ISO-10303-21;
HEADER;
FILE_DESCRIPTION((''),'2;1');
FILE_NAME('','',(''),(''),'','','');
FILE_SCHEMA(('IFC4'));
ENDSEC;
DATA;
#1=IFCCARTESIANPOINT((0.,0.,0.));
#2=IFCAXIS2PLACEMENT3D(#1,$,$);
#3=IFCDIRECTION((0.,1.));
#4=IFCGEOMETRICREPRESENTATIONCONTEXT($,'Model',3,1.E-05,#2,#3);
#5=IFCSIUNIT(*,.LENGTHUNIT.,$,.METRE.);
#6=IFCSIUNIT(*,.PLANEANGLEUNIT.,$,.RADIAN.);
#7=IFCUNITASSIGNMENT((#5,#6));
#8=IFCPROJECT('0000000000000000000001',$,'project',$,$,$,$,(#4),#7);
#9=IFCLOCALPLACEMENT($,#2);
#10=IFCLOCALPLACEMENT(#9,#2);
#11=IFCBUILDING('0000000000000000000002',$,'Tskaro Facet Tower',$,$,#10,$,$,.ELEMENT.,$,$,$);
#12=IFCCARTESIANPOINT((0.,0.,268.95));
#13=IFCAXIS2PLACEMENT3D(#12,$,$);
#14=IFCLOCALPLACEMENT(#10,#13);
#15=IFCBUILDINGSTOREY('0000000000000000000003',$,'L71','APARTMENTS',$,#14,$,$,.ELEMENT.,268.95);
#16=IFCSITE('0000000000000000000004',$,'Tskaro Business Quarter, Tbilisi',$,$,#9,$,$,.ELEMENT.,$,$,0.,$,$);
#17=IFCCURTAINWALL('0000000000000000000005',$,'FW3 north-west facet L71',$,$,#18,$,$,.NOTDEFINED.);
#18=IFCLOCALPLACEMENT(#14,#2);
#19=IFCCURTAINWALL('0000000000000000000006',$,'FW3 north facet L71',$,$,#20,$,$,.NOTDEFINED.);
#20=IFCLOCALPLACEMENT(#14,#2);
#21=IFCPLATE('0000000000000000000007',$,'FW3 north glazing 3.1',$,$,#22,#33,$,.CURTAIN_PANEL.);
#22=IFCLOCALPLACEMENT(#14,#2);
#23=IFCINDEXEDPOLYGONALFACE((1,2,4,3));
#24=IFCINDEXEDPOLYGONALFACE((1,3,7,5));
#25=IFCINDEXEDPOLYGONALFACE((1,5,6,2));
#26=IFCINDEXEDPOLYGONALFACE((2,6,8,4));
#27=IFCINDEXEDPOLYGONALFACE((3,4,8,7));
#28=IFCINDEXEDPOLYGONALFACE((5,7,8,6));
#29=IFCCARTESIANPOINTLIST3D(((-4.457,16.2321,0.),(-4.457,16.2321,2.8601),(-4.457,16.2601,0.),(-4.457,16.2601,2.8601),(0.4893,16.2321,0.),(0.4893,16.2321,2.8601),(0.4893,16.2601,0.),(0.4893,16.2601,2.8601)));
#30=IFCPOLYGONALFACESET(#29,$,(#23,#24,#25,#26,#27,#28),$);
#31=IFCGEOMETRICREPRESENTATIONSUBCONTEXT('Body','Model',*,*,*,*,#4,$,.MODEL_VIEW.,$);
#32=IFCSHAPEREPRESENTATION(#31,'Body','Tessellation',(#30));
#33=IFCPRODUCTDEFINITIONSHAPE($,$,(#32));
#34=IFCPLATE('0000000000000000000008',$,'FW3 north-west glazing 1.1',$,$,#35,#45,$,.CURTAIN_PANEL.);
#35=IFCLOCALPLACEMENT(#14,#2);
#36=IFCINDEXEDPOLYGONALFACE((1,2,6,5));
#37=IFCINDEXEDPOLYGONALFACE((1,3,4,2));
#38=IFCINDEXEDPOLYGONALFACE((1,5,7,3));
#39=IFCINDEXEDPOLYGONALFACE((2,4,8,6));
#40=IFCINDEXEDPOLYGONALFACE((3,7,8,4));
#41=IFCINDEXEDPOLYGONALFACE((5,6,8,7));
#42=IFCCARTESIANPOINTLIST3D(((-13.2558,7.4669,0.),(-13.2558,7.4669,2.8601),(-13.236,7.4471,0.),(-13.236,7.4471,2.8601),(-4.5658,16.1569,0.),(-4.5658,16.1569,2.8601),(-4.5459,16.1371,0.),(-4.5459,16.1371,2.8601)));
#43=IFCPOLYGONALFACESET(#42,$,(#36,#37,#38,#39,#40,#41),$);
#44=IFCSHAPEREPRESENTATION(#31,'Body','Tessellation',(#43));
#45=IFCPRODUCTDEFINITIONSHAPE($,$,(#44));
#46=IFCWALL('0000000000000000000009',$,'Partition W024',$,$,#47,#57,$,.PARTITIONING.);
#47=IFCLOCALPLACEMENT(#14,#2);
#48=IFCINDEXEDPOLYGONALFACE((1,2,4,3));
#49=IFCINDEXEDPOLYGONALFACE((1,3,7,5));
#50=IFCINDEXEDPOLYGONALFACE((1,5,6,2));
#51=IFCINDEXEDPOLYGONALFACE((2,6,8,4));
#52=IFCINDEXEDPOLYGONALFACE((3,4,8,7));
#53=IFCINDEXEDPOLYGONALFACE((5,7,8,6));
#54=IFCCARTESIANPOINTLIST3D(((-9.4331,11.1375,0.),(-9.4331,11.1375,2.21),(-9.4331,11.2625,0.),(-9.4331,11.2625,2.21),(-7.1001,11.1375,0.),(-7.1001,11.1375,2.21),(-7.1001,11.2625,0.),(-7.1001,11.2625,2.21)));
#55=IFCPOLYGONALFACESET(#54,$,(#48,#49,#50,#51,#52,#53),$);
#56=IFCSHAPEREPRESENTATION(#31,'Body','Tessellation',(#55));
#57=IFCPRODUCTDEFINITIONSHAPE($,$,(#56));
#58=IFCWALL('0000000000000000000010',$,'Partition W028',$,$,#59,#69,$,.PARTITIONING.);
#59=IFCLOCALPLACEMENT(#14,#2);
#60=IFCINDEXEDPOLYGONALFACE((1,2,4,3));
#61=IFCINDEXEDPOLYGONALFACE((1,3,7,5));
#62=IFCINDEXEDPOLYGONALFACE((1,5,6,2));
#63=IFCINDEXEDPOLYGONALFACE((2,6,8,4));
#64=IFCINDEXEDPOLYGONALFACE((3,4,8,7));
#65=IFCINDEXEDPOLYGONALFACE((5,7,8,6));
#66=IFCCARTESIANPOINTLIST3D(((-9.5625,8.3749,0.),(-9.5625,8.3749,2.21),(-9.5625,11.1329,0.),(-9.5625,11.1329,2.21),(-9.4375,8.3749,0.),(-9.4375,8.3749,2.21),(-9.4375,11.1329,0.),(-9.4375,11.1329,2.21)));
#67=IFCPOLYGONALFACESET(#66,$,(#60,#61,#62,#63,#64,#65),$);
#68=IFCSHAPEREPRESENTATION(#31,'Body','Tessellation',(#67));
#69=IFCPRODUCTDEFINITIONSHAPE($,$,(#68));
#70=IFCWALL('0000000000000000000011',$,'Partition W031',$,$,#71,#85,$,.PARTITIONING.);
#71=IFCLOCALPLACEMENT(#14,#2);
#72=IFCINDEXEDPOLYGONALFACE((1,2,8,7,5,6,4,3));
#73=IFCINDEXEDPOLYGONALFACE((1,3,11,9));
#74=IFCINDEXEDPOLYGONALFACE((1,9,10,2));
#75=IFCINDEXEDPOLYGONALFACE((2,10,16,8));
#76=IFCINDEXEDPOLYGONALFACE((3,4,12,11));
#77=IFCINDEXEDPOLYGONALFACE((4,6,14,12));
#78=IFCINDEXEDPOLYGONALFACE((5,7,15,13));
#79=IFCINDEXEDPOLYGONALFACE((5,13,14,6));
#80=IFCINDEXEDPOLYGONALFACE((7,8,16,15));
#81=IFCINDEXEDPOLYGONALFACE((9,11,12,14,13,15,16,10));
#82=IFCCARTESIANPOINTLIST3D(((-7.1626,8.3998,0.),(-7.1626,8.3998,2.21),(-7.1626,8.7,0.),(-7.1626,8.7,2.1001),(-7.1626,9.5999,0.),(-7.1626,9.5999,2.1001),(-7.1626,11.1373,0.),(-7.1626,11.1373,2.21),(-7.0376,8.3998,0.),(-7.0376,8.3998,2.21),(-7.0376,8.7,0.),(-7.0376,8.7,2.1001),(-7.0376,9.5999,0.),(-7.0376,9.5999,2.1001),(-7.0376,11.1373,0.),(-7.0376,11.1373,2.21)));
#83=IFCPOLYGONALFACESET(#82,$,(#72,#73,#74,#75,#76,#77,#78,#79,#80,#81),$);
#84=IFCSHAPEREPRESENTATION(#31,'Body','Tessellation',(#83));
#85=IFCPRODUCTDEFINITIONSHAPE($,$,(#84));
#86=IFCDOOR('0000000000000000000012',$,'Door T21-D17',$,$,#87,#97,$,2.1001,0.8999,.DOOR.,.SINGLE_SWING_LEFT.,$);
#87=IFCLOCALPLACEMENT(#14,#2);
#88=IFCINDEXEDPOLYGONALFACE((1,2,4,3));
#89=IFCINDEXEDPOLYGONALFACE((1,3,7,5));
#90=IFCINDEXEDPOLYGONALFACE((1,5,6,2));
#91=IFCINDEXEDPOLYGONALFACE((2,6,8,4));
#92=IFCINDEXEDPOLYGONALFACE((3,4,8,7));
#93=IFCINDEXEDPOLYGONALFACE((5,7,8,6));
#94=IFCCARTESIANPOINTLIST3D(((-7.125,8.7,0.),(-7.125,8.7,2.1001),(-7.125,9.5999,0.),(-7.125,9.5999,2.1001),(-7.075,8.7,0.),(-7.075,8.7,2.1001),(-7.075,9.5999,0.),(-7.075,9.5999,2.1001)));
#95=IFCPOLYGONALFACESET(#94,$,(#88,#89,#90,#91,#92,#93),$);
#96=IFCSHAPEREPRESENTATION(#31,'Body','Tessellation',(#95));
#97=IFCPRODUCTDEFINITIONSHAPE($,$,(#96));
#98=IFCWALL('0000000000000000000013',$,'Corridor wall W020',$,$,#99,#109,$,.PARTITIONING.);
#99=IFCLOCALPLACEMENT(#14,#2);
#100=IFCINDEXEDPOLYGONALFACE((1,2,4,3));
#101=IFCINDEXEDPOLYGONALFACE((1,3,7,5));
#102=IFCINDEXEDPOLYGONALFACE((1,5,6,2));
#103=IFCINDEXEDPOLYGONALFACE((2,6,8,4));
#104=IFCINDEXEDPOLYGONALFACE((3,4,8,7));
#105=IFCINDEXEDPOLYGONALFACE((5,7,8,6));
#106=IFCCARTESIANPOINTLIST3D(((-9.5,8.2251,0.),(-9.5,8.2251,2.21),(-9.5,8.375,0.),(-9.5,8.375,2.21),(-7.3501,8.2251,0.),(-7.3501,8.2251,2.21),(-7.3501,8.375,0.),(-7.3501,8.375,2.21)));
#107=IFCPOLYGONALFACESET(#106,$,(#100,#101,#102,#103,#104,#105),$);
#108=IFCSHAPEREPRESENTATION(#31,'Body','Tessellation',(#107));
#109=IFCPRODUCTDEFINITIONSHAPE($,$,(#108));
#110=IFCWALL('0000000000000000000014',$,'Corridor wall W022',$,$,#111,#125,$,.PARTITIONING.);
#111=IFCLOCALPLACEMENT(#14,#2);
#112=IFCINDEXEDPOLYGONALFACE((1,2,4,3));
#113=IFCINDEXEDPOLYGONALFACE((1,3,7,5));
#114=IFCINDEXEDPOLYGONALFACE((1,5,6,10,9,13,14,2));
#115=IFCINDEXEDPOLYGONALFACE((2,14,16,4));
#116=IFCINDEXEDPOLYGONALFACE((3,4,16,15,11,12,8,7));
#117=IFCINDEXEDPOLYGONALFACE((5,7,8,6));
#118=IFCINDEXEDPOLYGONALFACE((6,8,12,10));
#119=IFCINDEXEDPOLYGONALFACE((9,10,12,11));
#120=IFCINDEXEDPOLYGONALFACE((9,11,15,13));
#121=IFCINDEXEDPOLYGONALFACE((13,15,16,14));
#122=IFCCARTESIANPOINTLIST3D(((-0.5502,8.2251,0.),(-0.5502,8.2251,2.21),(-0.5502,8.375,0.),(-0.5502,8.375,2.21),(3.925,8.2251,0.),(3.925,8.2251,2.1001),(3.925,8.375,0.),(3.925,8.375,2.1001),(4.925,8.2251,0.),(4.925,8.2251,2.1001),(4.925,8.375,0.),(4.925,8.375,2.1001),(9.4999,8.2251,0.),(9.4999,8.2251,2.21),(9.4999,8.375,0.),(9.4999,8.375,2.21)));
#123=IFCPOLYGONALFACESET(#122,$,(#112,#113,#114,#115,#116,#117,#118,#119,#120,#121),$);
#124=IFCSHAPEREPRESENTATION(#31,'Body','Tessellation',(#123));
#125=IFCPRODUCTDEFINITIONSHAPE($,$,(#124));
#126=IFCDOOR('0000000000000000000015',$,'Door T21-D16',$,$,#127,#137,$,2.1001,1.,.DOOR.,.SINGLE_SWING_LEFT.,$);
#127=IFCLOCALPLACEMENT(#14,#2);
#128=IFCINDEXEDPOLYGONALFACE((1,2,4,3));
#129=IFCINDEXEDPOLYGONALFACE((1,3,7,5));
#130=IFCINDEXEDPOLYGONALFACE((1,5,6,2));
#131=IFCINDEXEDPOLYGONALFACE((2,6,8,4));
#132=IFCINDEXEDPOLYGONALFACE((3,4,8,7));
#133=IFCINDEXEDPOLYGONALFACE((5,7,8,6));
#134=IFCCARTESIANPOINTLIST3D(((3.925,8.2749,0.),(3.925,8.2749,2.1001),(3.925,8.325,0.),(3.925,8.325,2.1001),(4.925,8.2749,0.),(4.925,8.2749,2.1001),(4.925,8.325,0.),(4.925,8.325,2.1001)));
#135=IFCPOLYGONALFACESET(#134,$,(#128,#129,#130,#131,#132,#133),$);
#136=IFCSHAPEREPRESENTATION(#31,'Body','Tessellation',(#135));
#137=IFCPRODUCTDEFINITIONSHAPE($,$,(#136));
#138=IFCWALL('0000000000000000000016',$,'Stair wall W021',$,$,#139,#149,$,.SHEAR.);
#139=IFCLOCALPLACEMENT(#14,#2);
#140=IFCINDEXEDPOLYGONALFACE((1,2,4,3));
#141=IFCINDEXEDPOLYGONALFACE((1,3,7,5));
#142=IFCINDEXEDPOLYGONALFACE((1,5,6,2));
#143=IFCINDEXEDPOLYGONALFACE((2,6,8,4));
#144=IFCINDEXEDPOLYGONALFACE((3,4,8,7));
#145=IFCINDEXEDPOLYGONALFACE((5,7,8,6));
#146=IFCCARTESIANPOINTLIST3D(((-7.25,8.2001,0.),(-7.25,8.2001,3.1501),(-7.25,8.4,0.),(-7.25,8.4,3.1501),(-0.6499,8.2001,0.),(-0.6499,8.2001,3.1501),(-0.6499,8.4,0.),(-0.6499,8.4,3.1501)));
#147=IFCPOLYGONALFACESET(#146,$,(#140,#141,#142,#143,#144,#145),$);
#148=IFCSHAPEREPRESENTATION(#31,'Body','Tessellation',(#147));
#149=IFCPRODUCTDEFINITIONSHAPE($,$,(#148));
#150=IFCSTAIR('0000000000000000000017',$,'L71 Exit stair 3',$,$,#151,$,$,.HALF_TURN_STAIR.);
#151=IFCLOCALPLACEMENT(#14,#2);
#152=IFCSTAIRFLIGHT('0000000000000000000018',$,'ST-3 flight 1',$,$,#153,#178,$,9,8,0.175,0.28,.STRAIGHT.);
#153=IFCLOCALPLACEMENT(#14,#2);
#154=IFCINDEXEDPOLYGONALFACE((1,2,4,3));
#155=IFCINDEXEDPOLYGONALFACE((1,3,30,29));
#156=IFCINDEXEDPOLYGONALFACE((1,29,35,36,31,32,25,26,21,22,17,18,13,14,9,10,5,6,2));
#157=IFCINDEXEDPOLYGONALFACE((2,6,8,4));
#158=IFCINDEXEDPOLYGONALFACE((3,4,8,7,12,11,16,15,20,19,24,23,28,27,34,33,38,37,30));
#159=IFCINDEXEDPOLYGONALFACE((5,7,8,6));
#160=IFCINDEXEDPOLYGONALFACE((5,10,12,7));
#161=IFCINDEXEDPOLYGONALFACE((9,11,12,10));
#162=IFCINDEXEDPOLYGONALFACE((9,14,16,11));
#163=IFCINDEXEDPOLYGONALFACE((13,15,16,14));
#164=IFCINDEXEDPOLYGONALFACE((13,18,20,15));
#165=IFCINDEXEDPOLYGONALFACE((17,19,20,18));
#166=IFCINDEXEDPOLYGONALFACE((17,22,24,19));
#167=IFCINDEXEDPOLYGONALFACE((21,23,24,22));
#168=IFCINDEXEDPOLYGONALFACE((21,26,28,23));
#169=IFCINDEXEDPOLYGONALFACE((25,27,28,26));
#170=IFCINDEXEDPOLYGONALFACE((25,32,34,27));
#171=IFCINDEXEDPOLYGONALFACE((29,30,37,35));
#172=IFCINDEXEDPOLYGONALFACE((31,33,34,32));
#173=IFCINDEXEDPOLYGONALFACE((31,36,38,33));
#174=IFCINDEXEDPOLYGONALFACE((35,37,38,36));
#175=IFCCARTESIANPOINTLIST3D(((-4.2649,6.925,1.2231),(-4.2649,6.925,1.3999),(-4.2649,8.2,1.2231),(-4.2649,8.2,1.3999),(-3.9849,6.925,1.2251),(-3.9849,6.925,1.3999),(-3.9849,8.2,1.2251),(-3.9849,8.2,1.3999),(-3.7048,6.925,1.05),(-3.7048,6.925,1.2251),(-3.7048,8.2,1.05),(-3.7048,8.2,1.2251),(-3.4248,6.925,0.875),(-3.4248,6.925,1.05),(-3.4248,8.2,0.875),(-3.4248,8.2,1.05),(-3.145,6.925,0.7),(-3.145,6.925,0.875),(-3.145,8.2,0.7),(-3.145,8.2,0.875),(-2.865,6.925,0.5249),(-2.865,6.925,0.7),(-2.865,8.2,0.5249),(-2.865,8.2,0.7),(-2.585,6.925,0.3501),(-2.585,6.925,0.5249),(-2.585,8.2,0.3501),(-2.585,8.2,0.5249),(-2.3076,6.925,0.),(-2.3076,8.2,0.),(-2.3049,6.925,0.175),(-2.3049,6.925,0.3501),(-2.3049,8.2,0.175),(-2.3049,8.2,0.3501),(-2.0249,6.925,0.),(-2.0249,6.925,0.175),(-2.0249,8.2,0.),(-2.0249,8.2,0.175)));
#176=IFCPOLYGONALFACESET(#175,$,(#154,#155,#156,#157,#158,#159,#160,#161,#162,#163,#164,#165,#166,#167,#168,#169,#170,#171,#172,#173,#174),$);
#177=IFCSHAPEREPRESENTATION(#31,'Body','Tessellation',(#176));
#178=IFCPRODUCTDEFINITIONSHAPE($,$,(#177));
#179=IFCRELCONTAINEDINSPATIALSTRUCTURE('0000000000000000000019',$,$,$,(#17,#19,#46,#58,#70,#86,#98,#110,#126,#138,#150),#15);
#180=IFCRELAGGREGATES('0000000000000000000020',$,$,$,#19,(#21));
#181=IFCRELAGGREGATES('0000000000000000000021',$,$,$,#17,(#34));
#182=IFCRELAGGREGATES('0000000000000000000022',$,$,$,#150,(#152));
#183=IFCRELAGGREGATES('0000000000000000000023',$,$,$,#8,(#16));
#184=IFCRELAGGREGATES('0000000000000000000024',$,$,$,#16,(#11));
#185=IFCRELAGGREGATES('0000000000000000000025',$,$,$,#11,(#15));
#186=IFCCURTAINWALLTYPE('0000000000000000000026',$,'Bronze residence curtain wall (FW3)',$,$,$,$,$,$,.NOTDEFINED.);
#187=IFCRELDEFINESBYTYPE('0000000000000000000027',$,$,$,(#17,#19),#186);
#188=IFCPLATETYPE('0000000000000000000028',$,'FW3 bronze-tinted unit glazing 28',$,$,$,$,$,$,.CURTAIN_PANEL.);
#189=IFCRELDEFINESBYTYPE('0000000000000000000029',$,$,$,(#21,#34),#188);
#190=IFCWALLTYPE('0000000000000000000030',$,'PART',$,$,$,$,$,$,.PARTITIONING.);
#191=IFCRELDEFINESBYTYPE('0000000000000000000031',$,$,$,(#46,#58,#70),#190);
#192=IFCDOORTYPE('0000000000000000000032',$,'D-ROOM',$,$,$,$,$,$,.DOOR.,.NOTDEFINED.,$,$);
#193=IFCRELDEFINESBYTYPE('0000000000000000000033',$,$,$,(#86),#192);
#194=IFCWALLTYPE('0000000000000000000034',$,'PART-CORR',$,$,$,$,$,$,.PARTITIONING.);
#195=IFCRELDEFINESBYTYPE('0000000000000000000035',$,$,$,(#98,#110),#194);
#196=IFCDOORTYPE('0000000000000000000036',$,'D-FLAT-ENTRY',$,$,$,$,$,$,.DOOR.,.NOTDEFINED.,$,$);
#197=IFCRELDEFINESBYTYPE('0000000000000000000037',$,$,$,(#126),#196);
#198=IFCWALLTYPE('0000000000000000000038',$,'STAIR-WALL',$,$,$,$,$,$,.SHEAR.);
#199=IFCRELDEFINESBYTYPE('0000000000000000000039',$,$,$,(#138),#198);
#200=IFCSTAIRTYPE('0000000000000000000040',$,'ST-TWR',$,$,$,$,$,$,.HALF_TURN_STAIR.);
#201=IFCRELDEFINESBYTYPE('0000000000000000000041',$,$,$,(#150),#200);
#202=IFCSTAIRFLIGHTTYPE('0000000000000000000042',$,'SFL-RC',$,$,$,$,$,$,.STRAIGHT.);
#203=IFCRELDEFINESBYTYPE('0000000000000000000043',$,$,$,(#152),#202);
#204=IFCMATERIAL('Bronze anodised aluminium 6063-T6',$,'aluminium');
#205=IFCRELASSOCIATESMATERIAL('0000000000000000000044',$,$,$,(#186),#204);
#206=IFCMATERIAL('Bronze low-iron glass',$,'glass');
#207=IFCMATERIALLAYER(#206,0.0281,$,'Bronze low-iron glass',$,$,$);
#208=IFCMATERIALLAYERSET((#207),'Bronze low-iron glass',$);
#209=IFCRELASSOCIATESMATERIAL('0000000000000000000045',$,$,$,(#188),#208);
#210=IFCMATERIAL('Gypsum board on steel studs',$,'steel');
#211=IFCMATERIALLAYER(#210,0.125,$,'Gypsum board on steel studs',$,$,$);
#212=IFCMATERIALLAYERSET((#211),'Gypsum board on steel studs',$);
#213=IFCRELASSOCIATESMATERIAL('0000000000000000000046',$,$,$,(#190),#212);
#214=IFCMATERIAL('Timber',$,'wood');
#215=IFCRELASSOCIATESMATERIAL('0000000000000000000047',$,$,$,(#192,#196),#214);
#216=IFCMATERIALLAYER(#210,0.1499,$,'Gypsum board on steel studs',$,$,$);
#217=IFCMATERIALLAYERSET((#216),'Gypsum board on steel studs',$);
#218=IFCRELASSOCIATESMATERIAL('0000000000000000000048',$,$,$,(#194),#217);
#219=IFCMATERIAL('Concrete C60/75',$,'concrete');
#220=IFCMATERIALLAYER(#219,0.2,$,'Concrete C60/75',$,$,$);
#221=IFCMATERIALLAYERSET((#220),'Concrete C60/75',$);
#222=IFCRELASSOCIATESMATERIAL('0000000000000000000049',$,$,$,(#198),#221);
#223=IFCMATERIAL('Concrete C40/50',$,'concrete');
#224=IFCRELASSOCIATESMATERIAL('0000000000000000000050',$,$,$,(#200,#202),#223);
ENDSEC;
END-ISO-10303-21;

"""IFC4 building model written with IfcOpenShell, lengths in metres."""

from ifc_helpers import new_model, si_unit, direction, frame, frame_2d, origin, origin_2d, place, context, subcontext, project, spatial, polyline, rectangle, outline, extrude, material, layer, layer_set, type_object, element, fill, aggregate, save


model = new_model("IFC4")

# Units and contexts
model_context = context("Model", 3, precision=1e-05, world=origin(), true_north=direction((0.0, 1.0)))
body_context = subcontext(model_context, "Body", "Model", "MODEL_VIEW")
ifc_project = project(units=[si_unit("LENGTHUNIT", "METRE"), si_unit("PLANEANGLEUNIT", "RADIAN")], contexts=[model_context])

# Site, building, storey
site_placement = place(None, origin())
site = spatial("IfcSite", under=ifc_project, at=site_placement, Name="Tskaro Business Quarter, Tbilisi", CompositionType="ELEMENT", RefElevation=0.0)
building_placement = place(site_placement, origin())
building = spatial("IfcBuilding", under=site, at=building_placement, Name="Tskaro Facet Tower", CompositionType="ELEMENT")
storey_placement = place(building_placement, frame((0.0, 0.0, 268.95)))
storey = spatial("IfcBuildingStorey", under=building, at=storey_placement, Name="L71", Description="APARTMENTS", CompositionType="ELEMENT", Elevation=268.95)

# Curtain wall
ifc_material_1 = material(Name="Bronze anodised aluminium 6063-T6", Category="aluminium")
curtain_wall_type = type_object("IfcCurtainWallType", Name="Bronze residence curtain wall (FW3)", PredefinedType="NOTDEFINED", material=ifc_material_1)
curtain_wall_1_placement = place(storey_placement, origin())
curtain_wall_1 = element("IfcCurtainWall", 1, at=curtain_wall_1_placement, inside=storey, type_object=curtain_wall_type, Name="FW3 north-west facet L71", PredefinedType="NOTDEFINED")

# Curtain wall, plate
curtain_wall_2_placement = place(storey_placement, origin())
curtain_wall_2 = element("IfcCurtainWall", 2, at=curtain_wall_2_placement, inside=storey, type_object=curtain_wall_type, Name="FW3 north facet L71", PredefinedType="NOTDEFINED")
ifc_material_2 = material(Name="Bronze low-iron glass", Category="glass")
ifc_layer_1 = layer(ifc_material_2, 0.0281, Name="Bronze low-iron glass")
ifc_layer_set_1 = layer_set([ifc_layer_1], Name="Bronze low-iron glass")
plate_type = type_object("IfcPlateType", Name="FW3 bronze-tinted unit glazing 28", PredefinedType="CURTAIN_PANEL", material=ifc_layer_set_1)
plate_1_placement = place(storey_placement, frame((-1.9839, 16.2461, 0.0), z_axis=(0.0, 0.0, 1.0), x_axis=(-1.0, 0.0, 0.0)))
plate_1 = element("IfcPlate", 3, at=plate_1_placement, type_object=plate_type, Name="FW3 north glazing 3.1", PredefinedType="CURTAIN_PANEL", context=body_context, shape_type="SweptSolid", body=[
    extrude(rectangle(XDim=4.9463, YDim=0.0281, at=origin_2d()), origin(), (0.0, 0.0, 1.0), 2.8601),
])
aggregate(curtain_wall_2, [plate_1])

# Plate
plate_2_placement = place(storey_placement, frame((-8.9009, 11.802, 0.0), z_axis=(0.0, 0.0, 1.0), x_axis=(-0.707107, -0.707107, 0.0)))
plate_2 = element("IfcPlate", 4, at=plate_2_placement, type_object=plate_type, Name="FW3 north-west glazing 1.1", PredefinedType="CURTAIN_PANEL", context=body_context, shape_type="SweptSolid", body=[
    extrude(rectangle(XDim=12.2896, YDim=0.0281, at=origin_2d()), origin(), (0.0, 0.0, 1.0), 2.8601),
])
aggregate(curtain_wall_1, [plate_2])

# Walls
ifc_material_3 = material(Name="Gypsum board on steel studs", Category="steel")
ifc_layer_2 = layer(ifc_material_3, 0.125, Name="Gypsum board on steel studs")
ifc_layer_set_2 = layer_set([ifc_layer_2], Name="Gypsum board on steel studs")
wall_type_1 = type_object("IfcWallType", Name="PART", PredefinedType="PARTITIONING", material=ifc_layer_set_2)
wall_1_placement = place(storey_placement, frame((-9.4331, 11.2, 0.0), z_axis=(0.0, 0.0, 1.0), x_axis=(1.0, 0.0, 0.0)))
element("IfcWall", 5, at=wall_1_placement, inside=storey, type_object=wall_type_1, Name="Partition W024", PredefinedType="PARTITIONING", context=body_context, shape_type="SweptSolid", body=[
    extrude(rectangle(XDim=2.333, YDim=0.125, at=frame_2d((1.1665, 0.0))), origin(), (0.0, 0.0, 1.0), 2.21),
])
wall_2_placement = place(storey_placement, frame((-9.5, 8.375, 0.0), z_axis=(0.0, 0.0, 1.0), x_axis=(0.0, 1.0, 0.0)))
element("IfcWall", 6, at=wall_2_placement, inside=storey, type_object=wall_type_1, Name="Partition W028", PredefinedType="PARTITIONING", context=body_context, shape_type="SweptSolid", body=[
    extrude(rectangle(XDim=2.7581, YDim=0.125, at=frame_2d((1.3789, 0.0))), origin(), (0.0, 0.0, 1.0), 2.21),
])

# Wall, opening, door
wall_3_placement = place(storey_placement, frame((-7.1001, 8.3999, 0.0), z_axis=(0.0, 0.0, 1.0), x_axis=(0.0, 1.0, 0.0)))
wall_3 = element("IfcWall", 7, at=wall_3_placement, inside=storey, type_object=wall_type_1, Name="Partition W031", PredefinedType="PARTITIONING", context=body_context, shape_type="SweptSolid", body=[
    extrude(rectangle(XDim=2.7375, YDim=0.125, at=frame_2d((1.3687, 0.0))), origin(), (0.0, 0.0, 1.0), 2.21),
])
opening_1_placement = place(wall_3_placement, frame((0.3, 0.0, 0.0)))
opening_1 = element("IfcOpeningElement", 8, at=opening_1_placement, cuts=wall_3, PredefinedType="OPENING", context=body_context, shape_type="SweptSolid", body=[
    extrude(rectangle(XDim=0.8999, YDim=2.1001, at=frame_2d((0.45, 1.05))), frame((0.0, 0.0725, 0.0), z_axis=(0.0, -1.0, 0.0), x_axis=(1.0, 0.0, 0.0)), (0.0, 0.0, 1.0), 0.145),
])
ifc_material_4 = material(Name="Timber", Category="wood")
door_type_1 = type_object("IfcDoorType", Name="D-ROOM", OperationType="NOTDEFINED", PredefinedType="DOOR", material=ifc_material_4)
door_1_placement = place(opening_1_placement, origin())
door_1 = element("IfcDoor", 9, at=door_1_placement, inside=storey, type_object=door_type_1, Name="Door T21-D17", OperationType="SINGLE_SWING_LEFT", OverallHeight=2.1001, OverallWidth=0.8999, PredefinedType="DOOR", context=body_context, shape_type="SweptSolid", body=[
    extrude(rectangle(XDim=0.8999, YDim=2.1001, at=frame_2d((0.45, 1.05))), frame((0.0, 0.0249, 0.0), z_axis=(0.0, -1.0, 0.0), x_axis=(1.0, 0.0, 0.0)), (0.0, 0.0, 1.0), 0.05),
])
fill(opening_1, door_1)

# Wall
ifc_layer_3 = layer(ifc_material_3, 0.1499, Name="Gypsum board on steel studs")
ifc_layer_set_3 = layer_set([ifc_layer_3], Name="Gypsum board on steel studs")
wall_type_2 = type_object("IfcWallType", Name="PART-CORR", PredefinedType="PARTITIONING", material=ifc_layer_set_3)
wall_4_placement = place(storey_placement, frame((-9.5, 8.3, 0.0), z_axis=(0.0, 0.0, 1.0), x_axis=(1.0, 0.0, 0.0)))
element("IfcWall", 10, at=wall_4_placement, inside=storey, type_object=wall_type_2, Name="Corridor wall W020", PredefinedType="PARTITIONING", context=body_context, shape_type="SweptSolid", body=[
    extrude(rectangle(XDim=2.1499, YDim=0.1499, at=frame_2d((1.075, 0.0))), origin(), (0.0, 0.0, 1.0), 2.21),
])

# Wall, opening, door
wall_5_placement = place(storey_placement, frame((-0.55, 8.3, 0.0), z_axis=(0.0, 0.0, 1.0), x_axis=(1.0, 0.0, 0.0)))
wall_5 = element("IfcWall", 11, at=wall_5_placement, inside=storey, type_object=wall_type_2, Name="Corridor wall W022", PredefinedType="PARTITIONING", context=body_context, shape_type="SweptSolid", body=[
    extrude(rectangle(XDim=10.05, YDim=0.1499, at=frame_2d((5.0249, 0.0))), origin(), (0.0, 0.0, 1.0), 2.21),
])
opening_2_placement = place(wall_5_placement, frame((4.4751, 0.0, 0.0)))
opening_2 = element("IfcOpeningElement", 12, at=opening_2_placement, cuts=wall_5, PredefinedType="OPENING", context=body_context, shape_type="SweptSolid", body=[
    extrude(rectangle(XDim=1.0, YDim=2.1001, at=frame_2d((0.5, 1.05))), frame((0.0, 0.085, 0.0), z_axis=(0.0, -1.0, 0.0), x_axis=(1.0, 0.0, 0.0)), (0.0, 0.0, 1.0), 0.1699),
])
door_type_2 = type_object("IfcDoorType", Name="D-FLAT-ENTRY", OperationType="NOTDEFINED", PredefinedType="DOOR", material=ifc_material_4)
door_2_placement = place(opening_2_placement, origin())
door_2 = element("IfcDoor", 13, at=door_2_placement, inside=storey, type_object=door_type_2, Name="Door T21-D16", OperationType="SINGLE_SWING_LEFT", OverallHeight=2.1001, OverallWidth=1.0, PredefinedType="DOOR", context=body_context, shape_type="SweptSolid", body=[
    extrude(rectangle(XDim=1.0, YDim=2.1001, at=frame_2d((0.5, 1.05))), frame((0.0, 0.0249, 0.0), z_axis=(0.0, -1.0, 0.0), x_axis=(1.0, 0.0, 0.0)), (0.0, 0.0, 1.0), 0.05),
])
fill(opening_2, door_2)

# Wall
ifc_material_5 = material(Name="Concrete C60/75", Category="concrete")
ifc_layer_4 = layer(ifc_material_5, 0.2, Name="Concrete C60/75")
ifc_layer_set_4 = layer_set([ifc_layer_4], Name="Concrete C60/75")
wall_type_3 = type_object("IfcWallType", Name="STAIR-WALL", PredefinedType="SHEAR", material=ifc_layer_set_4)
wall_6_placement = place(storey_placement, frame((-7.25, 8.3, 0.0), z_axis=(0.0, 0.0, 1.0), x_axis=(1.0, 0.0, 0.0)))
element("IfcWall", 14, at=wall_6_placement, inside=storey, type_object=wall_type_3, Name="Stair wall W021", PredefinedType="SHEAR", context=body_context, shape_type="SweptSolid", body=[
    extrude(rectangle(XDim=6.6001, YDim=0.2, at=frame_2d((3.3, 0.0))), origin(), (0.0, 0.0, 1.0), 3.1501),
])

# Stair, stair flight
ifc_material_6 = material(Name="Concrete C40/50", Category="concrete")
stair_type = type_object("IfcStairType", Name="ST-TWR", PredefinedType="HALF_TURN_STAIR", material=ifc_material_6)
stair_placement = place(storey_placement, origin())
stair = element("IfcStair", 15, at=stair_placement, inside=storey, type_object=stair_type, Name="L71 Exit stair 3", PredefinedType="HALF_TURN_STAIR")
stair_flight_type = type_object("IfcStairFlightType", Name="SFL-RC", PredefinedType="STRAIGHT", material=ifc_material_6)
stair_flight_placement = place(storey_placement, frame((-2.0249, 7.5625, 0.0), z_axis=(0.0, 0.0, 1.0), x_axis=(-1.0, 0.0, 0.0)))
stair_flight = element("IfcStairFlight", 16, at=stair_flight_placement, type_object=stair_flight_type, Name="ST-3 flight 1", NumberOfRisers=9, NumberOfTreads=8, PredefinedType="STRAIGHT", RiserHeight=0.175, TreadLength=0.28, context=body_context, shape_type="SweptSolid", body=[
    extrude(outline(polyline([(0.0, 0.0), (0.0, 0.175), (0.28, 0.175), (0.28, 0.3501), (0.5601, 0.3501), (0.5601, 0.5249), (0.8401, 0.5249), (0.8401, 0.7), (1.1201, 0.7), (1.1201, 0.875), (1.3999, 0.875), (1.3999, 1.05), (1.6799, 1.05), (1.6799, 1.2251), (1.96, 1.2251), (1.96, 1.3999), (2.24, 1.3999), (2.24, 1.575), (2.24, 1.2231), (0.2827, 0.0), (0.0, 0.0)])), frame((0.0, 0.6375, 0.0), z_axis=(0.0, -1.0, 0.0), x_axis=(1.0, 0.0, 0.0)), (0.0, 0.0, 1.0), 1.2749),
])
aggregate(stair, [stair_flight])

save(model, "model.ifc")
